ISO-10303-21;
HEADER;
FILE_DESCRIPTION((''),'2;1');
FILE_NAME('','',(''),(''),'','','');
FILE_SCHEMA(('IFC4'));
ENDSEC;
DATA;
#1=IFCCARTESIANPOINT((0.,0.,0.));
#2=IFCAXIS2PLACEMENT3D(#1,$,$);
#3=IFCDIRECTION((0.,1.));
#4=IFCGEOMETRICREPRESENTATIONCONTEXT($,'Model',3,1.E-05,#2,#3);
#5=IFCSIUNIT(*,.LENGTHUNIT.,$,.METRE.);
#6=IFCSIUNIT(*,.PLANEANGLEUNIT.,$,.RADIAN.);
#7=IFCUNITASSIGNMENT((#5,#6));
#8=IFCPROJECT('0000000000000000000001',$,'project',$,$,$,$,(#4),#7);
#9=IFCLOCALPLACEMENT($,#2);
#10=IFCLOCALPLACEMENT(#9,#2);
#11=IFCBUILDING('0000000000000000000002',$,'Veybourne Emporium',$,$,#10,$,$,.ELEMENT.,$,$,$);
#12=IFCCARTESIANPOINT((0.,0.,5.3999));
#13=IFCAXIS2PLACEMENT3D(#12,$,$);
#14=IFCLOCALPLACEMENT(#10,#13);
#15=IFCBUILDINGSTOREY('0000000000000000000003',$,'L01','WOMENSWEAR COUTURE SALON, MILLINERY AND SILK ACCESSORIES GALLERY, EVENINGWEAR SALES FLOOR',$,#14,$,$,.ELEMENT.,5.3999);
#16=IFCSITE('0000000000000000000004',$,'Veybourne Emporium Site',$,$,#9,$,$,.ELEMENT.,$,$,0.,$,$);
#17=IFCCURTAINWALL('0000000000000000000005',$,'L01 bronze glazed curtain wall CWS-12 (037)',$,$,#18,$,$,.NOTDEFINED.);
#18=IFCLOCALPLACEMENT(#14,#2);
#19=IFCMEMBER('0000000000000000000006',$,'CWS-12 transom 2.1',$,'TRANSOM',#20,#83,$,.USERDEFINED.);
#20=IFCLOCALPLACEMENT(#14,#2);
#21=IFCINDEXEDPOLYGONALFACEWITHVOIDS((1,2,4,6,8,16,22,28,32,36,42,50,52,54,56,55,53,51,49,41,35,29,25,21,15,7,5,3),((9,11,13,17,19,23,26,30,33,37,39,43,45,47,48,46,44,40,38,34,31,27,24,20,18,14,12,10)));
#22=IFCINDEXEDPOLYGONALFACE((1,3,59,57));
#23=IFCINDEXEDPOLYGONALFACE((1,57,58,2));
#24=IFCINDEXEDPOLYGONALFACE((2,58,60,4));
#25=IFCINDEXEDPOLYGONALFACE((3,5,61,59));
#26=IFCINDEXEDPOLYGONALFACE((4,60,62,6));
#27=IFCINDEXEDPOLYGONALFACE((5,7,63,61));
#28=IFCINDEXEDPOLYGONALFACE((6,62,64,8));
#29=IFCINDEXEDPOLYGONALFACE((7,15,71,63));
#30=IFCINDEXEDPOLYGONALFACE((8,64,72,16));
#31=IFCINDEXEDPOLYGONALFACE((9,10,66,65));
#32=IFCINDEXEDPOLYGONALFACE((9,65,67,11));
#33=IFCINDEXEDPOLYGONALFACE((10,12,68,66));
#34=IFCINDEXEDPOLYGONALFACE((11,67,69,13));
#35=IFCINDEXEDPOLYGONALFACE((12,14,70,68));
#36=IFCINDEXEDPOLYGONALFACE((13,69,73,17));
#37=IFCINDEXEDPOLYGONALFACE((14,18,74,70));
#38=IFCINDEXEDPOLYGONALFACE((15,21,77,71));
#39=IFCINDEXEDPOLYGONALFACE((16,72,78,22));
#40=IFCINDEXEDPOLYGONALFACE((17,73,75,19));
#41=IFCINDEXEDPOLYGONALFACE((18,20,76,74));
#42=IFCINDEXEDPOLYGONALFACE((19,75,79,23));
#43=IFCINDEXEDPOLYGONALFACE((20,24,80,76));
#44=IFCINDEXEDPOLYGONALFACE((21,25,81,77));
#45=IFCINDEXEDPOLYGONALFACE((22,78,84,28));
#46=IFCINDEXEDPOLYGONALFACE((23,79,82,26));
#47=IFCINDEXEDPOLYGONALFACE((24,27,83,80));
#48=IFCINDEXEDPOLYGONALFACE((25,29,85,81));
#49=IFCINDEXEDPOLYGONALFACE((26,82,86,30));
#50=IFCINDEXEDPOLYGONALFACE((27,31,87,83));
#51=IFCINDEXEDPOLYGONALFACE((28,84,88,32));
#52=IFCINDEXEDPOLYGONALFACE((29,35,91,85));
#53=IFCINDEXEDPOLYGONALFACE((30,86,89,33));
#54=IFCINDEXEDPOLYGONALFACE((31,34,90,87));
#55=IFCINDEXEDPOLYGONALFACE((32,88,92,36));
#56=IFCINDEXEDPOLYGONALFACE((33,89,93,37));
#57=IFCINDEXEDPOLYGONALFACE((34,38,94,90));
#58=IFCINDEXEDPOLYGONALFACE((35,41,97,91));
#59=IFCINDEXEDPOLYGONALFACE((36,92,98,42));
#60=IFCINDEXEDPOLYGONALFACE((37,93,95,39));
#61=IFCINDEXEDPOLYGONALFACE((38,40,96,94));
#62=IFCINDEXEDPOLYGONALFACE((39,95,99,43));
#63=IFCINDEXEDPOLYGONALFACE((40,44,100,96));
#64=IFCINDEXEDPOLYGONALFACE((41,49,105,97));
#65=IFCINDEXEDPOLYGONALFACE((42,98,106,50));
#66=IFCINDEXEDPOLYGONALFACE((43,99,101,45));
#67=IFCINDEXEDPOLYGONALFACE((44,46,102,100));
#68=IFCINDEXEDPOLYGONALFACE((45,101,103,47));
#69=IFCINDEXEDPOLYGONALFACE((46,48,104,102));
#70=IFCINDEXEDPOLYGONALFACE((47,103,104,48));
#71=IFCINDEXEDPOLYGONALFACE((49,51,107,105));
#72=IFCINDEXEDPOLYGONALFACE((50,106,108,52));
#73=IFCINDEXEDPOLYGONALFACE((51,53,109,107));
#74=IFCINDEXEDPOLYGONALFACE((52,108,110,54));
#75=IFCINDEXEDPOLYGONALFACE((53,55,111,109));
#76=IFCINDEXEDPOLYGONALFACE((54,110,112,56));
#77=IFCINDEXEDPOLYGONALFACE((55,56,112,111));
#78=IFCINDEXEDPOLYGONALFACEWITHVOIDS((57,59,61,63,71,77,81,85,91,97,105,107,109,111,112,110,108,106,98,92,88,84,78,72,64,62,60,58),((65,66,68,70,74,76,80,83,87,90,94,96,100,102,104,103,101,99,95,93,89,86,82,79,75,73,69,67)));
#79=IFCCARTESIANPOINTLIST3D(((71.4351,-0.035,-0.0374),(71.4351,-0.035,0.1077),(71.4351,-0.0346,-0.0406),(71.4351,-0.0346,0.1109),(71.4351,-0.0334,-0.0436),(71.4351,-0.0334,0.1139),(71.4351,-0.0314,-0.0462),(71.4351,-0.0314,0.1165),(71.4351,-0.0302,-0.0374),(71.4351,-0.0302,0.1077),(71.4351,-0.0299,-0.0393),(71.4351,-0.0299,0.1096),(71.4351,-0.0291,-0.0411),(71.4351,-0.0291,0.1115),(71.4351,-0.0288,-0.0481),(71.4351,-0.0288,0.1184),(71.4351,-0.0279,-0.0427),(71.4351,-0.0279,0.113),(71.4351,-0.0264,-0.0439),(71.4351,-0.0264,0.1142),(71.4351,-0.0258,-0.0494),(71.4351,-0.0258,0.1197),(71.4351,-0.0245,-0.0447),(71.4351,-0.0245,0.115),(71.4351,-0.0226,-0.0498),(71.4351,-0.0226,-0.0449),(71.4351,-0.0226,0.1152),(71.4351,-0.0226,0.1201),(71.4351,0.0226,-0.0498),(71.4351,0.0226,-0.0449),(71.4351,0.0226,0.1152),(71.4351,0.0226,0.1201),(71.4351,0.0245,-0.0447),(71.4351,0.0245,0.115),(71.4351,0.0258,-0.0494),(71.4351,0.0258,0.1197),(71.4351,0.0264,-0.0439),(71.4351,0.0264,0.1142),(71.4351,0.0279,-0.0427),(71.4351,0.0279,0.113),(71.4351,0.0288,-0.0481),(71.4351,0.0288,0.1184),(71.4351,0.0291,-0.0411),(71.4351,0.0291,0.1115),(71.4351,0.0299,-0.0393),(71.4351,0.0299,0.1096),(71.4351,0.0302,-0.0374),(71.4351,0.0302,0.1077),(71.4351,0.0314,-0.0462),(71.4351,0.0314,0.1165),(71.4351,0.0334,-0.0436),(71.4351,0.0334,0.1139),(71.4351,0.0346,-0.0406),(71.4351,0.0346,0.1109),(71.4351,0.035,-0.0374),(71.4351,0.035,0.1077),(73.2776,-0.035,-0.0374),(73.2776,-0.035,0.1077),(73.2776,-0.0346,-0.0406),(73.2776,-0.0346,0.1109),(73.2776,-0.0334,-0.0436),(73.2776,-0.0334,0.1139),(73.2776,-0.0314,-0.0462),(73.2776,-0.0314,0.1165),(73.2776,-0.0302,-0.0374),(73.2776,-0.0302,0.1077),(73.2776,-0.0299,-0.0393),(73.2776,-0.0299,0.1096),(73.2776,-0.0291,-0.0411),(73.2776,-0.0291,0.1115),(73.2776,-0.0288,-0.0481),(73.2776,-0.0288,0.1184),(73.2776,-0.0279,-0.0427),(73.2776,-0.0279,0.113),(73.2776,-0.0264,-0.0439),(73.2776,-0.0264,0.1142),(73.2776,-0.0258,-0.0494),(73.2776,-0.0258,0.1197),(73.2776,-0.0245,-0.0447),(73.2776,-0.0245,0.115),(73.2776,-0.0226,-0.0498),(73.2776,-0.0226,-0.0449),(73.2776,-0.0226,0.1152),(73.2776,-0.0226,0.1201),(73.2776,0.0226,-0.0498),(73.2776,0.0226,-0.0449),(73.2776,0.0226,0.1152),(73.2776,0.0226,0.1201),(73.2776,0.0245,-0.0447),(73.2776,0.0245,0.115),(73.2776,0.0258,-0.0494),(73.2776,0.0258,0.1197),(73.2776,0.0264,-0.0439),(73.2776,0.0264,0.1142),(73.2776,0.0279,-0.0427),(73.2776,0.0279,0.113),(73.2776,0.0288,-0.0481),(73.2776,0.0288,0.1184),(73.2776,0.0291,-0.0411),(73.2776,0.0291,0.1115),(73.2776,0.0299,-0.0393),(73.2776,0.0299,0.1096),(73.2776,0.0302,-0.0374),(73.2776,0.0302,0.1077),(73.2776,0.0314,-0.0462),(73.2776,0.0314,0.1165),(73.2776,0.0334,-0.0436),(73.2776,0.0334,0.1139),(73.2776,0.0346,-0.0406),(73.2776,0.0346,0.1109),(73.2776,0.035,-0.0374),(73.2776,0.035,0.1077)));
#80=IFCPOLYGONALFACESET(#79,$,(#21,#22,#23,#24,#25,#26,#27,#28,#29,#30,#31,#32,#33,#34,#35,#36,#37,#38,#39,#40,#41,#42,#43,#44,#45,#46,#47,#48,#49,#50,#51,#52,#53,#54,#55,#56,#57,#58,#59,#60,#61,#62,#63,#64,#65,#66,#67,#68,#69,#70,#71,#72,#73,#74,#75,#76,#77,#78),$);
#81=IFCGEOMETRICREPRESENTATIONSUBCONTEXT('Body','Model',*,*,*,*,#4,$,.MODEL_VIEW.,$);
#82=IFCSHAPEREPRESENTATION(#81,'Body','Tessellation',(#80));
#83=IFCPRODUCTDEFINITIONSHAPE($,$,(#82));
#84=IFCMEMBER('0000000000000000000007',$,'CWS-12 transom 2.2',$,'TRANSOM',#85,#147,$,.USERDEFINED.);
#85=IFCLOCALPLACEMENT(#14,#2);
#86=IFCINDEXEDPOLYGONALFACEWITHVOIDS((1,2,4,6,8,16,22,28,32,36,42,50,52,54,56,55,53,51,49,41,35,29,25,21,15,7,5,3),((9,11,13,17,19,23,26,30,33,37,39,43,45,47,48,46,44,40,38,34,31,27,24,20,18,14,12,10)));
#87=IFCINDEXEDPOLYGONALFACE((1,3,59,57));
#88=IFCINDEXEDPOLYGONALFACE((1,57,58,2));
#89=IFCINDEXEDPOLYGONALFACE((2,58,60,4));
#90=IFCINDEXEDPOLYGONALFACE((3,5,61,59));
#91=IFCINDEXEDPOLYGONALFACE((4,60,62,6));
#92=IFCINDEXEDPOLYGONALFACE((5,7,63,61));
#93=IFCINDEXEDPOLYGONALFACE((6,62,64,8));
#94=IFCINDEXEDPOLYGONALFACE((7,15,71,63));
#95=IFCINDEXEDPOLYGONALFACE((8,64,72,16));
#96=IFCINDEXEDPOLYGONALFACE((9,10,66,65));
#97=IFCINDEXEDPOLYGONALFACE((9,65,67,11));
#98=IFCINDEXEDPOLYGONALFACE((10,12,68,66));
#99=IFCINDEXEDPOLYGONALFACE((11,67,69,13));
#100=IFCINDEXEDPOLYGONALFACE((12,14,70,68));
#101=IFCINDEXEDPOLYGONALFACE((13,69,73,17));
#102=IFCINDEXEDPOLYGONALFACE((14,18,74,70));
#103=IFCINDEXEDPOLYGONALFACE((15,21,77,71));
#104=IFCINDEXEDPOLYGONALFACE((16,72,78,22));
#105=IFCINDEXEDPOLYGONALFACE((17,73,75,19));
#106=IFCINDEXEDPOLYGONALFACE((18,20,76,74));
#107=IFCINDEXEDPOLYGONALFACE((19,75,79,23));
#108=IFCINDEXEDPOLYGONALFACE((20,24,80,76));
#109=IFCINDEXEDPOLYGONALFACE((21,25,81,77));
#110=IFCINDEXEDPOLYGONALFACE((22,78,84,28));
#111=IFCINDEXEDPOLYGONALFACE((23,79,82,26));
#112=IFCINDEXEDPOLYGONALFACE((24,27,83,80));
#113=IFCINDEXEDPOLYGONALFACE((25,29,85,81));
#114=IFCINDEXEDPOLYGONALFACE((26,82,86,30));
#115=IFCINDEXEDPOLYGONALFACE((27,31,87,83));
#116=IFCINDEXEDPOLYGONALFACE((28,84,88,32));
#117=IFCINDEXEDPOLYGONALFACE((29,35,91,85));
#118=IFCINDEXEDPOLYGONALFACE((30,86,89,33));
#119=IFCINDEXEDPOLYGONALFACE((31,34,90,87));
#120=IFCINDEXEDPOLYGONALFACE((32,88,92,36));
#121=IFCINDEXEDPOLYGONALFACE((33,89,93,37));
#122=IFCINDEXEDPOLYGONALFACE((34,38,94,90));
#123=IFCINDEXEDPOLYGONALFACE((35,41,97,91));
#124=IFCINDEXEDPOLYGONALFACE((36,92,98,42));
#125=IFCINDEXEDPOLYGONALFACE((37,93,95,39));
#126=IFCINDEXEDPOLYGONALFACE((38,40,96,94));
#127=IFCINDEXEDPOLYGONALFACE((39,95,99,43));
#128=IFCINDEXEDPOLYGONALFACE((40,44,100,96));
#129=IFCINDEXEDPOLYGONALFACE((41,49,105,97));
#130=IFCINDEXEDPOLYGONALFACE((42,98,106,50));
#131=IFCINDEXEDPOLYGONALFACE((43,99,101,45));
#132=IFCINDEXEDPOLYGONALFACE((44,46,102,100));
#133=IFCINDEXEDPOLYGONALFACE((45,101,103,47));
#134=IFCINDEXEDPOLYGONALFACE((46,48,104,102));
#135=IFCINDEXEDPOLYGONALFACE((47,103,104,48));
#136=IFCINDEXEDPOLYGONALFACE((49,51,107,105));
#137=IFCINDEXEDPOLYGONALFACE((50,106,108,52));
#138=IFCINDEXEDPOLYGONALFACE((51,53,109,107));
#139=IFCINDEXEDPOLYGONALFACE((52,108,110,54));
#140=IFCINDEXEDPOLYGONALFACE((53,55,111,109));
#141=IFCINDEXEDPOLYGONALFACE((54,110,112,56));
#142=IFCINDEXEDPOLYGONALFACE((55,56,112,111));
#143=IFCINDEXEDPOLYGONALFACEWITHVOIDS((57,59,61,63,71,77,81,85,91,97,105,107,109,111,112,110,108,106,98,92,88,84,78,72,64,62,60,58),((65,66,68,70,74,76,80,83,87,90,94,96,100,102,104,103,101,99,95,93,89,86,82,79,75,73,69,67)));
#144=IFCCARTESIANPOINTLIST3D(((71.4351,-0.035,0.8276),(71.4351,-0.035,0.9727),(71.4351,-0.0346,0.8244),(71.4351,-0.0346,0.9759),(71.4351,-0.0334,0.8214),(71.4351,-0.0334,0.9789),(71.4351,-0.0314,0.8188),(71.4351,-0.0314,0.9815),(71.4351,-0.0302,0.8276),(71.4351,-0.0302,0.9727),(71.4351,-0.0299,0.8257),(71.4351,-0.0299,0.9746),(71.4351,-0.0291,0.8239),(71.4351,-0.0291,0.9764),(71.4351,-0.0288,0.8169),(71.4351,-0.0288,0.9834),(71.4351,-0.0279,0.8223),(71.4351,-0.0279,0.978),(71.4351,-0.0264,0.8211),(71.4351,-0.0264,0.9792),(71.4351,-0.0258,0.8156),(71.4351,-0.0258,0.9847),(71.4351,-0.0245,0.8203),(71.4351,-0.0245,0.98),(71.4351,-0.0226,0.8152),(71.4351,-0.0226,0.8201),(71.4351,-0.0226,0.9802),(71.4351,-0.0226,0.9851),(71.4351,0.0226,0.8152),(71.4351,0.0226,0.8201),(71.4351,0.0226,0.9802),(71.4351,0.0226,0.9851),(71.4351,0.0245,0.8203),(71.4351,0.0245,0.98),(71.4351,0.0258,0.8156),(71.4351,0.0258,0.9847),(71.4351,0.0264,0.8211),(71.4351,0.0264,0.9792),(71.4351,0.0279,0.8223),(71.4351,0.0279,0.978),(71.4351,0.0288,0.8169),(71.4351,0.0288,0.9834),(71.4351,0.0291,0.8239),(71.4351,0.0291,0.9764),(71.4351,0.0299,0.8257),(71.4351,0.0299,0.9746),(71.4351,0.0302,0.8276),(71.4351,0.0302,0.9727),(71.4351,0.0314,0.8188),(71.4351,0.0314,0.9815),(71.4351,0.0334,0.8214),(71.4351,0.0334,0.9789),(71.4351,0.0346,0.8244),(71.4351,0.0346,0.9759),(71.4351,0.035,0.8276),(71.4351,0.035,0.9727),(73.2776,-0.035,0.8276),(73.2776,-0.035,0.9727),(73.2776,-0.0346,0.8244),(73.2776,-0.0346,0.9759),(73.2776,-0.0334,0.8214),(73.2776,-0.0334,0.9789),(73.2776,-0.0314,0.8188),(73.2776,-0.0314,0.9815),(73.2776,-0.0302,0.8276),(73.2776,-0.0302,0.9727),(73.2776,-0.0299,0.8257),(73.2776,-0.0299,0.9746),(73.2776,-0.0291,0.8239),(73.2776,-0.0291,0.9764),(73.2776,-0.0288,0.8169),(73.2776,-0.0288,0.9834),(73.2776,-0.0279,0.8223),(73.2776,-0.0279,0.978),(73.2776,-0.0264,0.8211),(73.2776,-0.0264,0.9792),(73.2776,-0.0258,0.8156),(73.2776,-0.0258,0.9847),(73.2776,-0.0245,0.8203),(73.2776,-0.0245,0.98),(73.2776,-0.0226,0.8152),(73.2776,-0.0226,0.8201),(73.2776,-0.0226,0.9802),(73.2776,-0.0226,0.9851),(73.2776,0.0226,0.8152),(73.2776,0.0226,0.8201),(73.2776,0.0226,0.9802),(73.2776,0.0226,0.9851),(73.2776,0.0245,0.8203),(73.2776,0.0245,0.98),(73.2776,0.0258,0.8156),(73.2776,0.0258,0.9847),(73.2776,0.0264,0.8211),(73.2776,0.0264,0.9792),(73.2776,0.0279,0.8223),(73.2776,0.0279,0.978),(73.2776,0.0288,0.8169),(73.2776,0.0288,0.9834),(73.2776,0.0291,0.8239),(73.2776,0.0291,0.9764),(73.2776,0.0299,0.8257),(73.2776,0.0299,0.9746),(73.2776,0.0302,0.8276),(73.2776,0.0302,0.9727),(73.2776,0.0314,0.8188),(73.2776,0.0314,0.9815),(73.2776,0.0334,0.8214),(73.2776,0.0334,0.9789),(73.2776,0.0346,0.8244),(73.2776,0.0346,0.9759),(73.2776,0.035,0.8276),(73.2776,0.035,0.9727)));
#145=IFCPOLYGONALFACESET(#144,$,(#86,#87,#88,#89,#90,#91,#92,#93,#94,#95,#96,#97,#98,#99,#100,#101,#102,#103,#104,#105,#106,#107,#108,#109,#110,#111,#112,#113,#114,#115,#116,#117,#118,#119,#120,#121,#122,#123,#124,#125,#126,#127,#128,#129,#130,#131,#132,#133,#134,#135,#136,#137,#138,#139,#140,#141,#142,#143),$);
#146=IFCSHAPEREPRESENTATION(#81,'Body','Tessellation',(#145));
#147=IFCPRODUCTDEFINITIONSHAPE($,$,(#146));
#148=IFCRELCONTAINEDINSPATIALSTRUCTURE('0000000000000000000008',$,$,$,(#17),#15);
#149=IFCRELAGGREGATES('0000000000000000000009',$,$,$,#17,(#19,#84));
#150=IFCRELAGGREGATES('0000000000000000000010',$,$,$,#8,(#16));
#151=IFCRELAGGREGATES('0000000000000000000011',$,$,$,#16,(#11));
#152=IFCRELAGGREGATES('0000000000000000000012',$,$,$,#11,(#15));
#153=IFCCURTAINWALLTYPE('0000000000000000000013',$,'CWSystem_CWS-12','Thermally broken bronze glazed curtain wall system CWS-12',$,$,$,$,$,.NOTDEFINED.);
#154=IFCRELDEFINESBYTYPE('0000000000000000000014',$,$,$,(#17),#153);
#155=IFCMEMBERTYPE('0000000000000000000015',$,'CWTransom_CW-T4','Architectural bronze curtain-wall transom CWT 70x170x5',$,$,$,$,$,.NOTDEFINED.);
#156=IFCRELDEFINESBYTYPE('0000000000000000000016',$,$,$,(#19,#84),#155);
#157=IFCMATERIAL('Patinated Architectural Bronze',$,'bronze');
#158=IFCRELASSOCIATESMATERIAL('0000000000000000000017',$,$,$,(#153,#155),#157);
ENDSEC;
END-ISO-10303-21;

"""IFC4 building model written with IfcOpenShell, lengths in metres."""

from ifc_helpers import new_model, si_unit, direction, frame, origin, origin_2d, place, context, subcontext, project, spatial, hollow_rectangle, extrude, material, material_profile, profile_set, type_object, element, aggregate, save


model = new_model("IFC4")

# Units and contexts
model_context = context("Model", 3, precision=1e-05, world=origin(), true_north=direction((0.0, 1.0)))
body_context = subcontext(model_context, "Body", "Model", "MODEL_VIEW")
ifc_project = project(units=[si_unit("LENGTHUNIT", "METRE"), si_unit("PLANEANGLEUNIT", "RADIAN")], contexts=[model_context])

# Site, building, storey
site_placement = place(None, origin())
site = spatial("IfcSite", under=ifc_project, at=site_placement, Name="Veybourne Emporium Site", CompositionType="ELEMENT", RefElevation=0.0)
building_placement = place(site_placement, origin())
building = spatial("IfcBuilding", under=site, at=building_placement, Name="Veybourne Emporium", CompositionType="ELEMENT")
storey_placement = place(building_placement, frame((0.0, 0.0, 5.3999)))
storey = spatial("IfcBuildingStorey", under=building, at=storey_placement, Name="L01", Description="WOMENSWEAR COUTURE SALON, MILLINERY AND SILK ACCESSORIES GALLERY, EVENINGWEAR SALES FLOOR", CompositionType="ELEMENT", Elevation=5.3999)

# Curtain wall, members
ifc_material_1 = material(Name="Patinated Architectural Bronze", Category="bronze")
curtain_wall_type = type_object("IfcCurtainWallType", Name="CWSystem_CWS-12", Description="Thermally broken bronze glazed curtain wall system CWS-12", PredefinedType="NOTDEFINED", material=ifc_material_1)
curtain_wall_placement = place(storey_placement, origin())
curtain_wall = element("IfcCurtainWall", 1, at=curtain_wall_placement, inside=storey, type_object=curtain_wall_type, Name="L01 bronze glazed curtain wall CWS-12 (037)", PredefinedType="NOTDEFINED")
ifc_material_profile_1 = material_profile(ifc_material_1, hollow_rectangle(XDim=0.0701, YDim=0.1699, WallThickness=0.0049, InnerFilletRadius=0.0076, OuterFilletRadius=0.0125, at=origin_2d()), Name="CWT 70x170x5")
ifc_profile_set_1 = profile_set([ifc_material_profile_1], Name="Patinated Architectural Bronze")
member_type_1 = type_object("IfcMemberType", Name="CWTransom_CW-T4", Description="Architectural bronze curtain-wall transom CWT 70x170x5", PredefinedType="NOTDEFINED", material=ifc_profile_set_1)
member_1_placement = place(storey_placement, frame((73.2776, 0.0, 0.0352), z_axis=(-1.0, 0.0, 0.0), x_axis=(0.0, -1.0, 0.0)))
member_1 = element("IfcMember", 2, at=member_1_placement, type_object=member_type_1, Name="CWS-12 transom 2.1", ObjectType="TRANSOM", PredefinedType="USERDEFINED", context=body_context, shape_type="SweptSolid", body=[
    extrude(hollow_rectangle(XDim=0.0701, YDim=0.1699, WallThickness=0.0049, InnerFilletRadius=0.0076, OuterFilletRadius=0.0125, at=origin_2d()), origin(), (0.0, 0.0, 1.0), 1.8425),
])
member_2_placement = place(storey_placement, frame((73.2776, 0.0, 0.9001), z_axis=(-1.0, 0.0, 0.0), x_axis=(0.0, -1.0, 0.0)))
member_2 = element("IfcMember", 3, at=member_2_placement, type_object=member_type_1, Name="CWS-12 transom 2.2", ObjectType="TRANSOM", PredefinedType="USERDEFINED", context=body_context, shape_type="SweptSolid", body=[
    extrude(hollow_rectangle(XDim=0.0701, YDim=0.1699, WallThickness=0.0049, InnerFilletRadius=0.0076, OuterFilletRadius=0.0125, at=origin_2d()), origin(), (0.0, 0.0, 1.0), 1.8425),
])

aggregate(curtain_wall, [member_1, member_2])

save(model, "model.ifc")
